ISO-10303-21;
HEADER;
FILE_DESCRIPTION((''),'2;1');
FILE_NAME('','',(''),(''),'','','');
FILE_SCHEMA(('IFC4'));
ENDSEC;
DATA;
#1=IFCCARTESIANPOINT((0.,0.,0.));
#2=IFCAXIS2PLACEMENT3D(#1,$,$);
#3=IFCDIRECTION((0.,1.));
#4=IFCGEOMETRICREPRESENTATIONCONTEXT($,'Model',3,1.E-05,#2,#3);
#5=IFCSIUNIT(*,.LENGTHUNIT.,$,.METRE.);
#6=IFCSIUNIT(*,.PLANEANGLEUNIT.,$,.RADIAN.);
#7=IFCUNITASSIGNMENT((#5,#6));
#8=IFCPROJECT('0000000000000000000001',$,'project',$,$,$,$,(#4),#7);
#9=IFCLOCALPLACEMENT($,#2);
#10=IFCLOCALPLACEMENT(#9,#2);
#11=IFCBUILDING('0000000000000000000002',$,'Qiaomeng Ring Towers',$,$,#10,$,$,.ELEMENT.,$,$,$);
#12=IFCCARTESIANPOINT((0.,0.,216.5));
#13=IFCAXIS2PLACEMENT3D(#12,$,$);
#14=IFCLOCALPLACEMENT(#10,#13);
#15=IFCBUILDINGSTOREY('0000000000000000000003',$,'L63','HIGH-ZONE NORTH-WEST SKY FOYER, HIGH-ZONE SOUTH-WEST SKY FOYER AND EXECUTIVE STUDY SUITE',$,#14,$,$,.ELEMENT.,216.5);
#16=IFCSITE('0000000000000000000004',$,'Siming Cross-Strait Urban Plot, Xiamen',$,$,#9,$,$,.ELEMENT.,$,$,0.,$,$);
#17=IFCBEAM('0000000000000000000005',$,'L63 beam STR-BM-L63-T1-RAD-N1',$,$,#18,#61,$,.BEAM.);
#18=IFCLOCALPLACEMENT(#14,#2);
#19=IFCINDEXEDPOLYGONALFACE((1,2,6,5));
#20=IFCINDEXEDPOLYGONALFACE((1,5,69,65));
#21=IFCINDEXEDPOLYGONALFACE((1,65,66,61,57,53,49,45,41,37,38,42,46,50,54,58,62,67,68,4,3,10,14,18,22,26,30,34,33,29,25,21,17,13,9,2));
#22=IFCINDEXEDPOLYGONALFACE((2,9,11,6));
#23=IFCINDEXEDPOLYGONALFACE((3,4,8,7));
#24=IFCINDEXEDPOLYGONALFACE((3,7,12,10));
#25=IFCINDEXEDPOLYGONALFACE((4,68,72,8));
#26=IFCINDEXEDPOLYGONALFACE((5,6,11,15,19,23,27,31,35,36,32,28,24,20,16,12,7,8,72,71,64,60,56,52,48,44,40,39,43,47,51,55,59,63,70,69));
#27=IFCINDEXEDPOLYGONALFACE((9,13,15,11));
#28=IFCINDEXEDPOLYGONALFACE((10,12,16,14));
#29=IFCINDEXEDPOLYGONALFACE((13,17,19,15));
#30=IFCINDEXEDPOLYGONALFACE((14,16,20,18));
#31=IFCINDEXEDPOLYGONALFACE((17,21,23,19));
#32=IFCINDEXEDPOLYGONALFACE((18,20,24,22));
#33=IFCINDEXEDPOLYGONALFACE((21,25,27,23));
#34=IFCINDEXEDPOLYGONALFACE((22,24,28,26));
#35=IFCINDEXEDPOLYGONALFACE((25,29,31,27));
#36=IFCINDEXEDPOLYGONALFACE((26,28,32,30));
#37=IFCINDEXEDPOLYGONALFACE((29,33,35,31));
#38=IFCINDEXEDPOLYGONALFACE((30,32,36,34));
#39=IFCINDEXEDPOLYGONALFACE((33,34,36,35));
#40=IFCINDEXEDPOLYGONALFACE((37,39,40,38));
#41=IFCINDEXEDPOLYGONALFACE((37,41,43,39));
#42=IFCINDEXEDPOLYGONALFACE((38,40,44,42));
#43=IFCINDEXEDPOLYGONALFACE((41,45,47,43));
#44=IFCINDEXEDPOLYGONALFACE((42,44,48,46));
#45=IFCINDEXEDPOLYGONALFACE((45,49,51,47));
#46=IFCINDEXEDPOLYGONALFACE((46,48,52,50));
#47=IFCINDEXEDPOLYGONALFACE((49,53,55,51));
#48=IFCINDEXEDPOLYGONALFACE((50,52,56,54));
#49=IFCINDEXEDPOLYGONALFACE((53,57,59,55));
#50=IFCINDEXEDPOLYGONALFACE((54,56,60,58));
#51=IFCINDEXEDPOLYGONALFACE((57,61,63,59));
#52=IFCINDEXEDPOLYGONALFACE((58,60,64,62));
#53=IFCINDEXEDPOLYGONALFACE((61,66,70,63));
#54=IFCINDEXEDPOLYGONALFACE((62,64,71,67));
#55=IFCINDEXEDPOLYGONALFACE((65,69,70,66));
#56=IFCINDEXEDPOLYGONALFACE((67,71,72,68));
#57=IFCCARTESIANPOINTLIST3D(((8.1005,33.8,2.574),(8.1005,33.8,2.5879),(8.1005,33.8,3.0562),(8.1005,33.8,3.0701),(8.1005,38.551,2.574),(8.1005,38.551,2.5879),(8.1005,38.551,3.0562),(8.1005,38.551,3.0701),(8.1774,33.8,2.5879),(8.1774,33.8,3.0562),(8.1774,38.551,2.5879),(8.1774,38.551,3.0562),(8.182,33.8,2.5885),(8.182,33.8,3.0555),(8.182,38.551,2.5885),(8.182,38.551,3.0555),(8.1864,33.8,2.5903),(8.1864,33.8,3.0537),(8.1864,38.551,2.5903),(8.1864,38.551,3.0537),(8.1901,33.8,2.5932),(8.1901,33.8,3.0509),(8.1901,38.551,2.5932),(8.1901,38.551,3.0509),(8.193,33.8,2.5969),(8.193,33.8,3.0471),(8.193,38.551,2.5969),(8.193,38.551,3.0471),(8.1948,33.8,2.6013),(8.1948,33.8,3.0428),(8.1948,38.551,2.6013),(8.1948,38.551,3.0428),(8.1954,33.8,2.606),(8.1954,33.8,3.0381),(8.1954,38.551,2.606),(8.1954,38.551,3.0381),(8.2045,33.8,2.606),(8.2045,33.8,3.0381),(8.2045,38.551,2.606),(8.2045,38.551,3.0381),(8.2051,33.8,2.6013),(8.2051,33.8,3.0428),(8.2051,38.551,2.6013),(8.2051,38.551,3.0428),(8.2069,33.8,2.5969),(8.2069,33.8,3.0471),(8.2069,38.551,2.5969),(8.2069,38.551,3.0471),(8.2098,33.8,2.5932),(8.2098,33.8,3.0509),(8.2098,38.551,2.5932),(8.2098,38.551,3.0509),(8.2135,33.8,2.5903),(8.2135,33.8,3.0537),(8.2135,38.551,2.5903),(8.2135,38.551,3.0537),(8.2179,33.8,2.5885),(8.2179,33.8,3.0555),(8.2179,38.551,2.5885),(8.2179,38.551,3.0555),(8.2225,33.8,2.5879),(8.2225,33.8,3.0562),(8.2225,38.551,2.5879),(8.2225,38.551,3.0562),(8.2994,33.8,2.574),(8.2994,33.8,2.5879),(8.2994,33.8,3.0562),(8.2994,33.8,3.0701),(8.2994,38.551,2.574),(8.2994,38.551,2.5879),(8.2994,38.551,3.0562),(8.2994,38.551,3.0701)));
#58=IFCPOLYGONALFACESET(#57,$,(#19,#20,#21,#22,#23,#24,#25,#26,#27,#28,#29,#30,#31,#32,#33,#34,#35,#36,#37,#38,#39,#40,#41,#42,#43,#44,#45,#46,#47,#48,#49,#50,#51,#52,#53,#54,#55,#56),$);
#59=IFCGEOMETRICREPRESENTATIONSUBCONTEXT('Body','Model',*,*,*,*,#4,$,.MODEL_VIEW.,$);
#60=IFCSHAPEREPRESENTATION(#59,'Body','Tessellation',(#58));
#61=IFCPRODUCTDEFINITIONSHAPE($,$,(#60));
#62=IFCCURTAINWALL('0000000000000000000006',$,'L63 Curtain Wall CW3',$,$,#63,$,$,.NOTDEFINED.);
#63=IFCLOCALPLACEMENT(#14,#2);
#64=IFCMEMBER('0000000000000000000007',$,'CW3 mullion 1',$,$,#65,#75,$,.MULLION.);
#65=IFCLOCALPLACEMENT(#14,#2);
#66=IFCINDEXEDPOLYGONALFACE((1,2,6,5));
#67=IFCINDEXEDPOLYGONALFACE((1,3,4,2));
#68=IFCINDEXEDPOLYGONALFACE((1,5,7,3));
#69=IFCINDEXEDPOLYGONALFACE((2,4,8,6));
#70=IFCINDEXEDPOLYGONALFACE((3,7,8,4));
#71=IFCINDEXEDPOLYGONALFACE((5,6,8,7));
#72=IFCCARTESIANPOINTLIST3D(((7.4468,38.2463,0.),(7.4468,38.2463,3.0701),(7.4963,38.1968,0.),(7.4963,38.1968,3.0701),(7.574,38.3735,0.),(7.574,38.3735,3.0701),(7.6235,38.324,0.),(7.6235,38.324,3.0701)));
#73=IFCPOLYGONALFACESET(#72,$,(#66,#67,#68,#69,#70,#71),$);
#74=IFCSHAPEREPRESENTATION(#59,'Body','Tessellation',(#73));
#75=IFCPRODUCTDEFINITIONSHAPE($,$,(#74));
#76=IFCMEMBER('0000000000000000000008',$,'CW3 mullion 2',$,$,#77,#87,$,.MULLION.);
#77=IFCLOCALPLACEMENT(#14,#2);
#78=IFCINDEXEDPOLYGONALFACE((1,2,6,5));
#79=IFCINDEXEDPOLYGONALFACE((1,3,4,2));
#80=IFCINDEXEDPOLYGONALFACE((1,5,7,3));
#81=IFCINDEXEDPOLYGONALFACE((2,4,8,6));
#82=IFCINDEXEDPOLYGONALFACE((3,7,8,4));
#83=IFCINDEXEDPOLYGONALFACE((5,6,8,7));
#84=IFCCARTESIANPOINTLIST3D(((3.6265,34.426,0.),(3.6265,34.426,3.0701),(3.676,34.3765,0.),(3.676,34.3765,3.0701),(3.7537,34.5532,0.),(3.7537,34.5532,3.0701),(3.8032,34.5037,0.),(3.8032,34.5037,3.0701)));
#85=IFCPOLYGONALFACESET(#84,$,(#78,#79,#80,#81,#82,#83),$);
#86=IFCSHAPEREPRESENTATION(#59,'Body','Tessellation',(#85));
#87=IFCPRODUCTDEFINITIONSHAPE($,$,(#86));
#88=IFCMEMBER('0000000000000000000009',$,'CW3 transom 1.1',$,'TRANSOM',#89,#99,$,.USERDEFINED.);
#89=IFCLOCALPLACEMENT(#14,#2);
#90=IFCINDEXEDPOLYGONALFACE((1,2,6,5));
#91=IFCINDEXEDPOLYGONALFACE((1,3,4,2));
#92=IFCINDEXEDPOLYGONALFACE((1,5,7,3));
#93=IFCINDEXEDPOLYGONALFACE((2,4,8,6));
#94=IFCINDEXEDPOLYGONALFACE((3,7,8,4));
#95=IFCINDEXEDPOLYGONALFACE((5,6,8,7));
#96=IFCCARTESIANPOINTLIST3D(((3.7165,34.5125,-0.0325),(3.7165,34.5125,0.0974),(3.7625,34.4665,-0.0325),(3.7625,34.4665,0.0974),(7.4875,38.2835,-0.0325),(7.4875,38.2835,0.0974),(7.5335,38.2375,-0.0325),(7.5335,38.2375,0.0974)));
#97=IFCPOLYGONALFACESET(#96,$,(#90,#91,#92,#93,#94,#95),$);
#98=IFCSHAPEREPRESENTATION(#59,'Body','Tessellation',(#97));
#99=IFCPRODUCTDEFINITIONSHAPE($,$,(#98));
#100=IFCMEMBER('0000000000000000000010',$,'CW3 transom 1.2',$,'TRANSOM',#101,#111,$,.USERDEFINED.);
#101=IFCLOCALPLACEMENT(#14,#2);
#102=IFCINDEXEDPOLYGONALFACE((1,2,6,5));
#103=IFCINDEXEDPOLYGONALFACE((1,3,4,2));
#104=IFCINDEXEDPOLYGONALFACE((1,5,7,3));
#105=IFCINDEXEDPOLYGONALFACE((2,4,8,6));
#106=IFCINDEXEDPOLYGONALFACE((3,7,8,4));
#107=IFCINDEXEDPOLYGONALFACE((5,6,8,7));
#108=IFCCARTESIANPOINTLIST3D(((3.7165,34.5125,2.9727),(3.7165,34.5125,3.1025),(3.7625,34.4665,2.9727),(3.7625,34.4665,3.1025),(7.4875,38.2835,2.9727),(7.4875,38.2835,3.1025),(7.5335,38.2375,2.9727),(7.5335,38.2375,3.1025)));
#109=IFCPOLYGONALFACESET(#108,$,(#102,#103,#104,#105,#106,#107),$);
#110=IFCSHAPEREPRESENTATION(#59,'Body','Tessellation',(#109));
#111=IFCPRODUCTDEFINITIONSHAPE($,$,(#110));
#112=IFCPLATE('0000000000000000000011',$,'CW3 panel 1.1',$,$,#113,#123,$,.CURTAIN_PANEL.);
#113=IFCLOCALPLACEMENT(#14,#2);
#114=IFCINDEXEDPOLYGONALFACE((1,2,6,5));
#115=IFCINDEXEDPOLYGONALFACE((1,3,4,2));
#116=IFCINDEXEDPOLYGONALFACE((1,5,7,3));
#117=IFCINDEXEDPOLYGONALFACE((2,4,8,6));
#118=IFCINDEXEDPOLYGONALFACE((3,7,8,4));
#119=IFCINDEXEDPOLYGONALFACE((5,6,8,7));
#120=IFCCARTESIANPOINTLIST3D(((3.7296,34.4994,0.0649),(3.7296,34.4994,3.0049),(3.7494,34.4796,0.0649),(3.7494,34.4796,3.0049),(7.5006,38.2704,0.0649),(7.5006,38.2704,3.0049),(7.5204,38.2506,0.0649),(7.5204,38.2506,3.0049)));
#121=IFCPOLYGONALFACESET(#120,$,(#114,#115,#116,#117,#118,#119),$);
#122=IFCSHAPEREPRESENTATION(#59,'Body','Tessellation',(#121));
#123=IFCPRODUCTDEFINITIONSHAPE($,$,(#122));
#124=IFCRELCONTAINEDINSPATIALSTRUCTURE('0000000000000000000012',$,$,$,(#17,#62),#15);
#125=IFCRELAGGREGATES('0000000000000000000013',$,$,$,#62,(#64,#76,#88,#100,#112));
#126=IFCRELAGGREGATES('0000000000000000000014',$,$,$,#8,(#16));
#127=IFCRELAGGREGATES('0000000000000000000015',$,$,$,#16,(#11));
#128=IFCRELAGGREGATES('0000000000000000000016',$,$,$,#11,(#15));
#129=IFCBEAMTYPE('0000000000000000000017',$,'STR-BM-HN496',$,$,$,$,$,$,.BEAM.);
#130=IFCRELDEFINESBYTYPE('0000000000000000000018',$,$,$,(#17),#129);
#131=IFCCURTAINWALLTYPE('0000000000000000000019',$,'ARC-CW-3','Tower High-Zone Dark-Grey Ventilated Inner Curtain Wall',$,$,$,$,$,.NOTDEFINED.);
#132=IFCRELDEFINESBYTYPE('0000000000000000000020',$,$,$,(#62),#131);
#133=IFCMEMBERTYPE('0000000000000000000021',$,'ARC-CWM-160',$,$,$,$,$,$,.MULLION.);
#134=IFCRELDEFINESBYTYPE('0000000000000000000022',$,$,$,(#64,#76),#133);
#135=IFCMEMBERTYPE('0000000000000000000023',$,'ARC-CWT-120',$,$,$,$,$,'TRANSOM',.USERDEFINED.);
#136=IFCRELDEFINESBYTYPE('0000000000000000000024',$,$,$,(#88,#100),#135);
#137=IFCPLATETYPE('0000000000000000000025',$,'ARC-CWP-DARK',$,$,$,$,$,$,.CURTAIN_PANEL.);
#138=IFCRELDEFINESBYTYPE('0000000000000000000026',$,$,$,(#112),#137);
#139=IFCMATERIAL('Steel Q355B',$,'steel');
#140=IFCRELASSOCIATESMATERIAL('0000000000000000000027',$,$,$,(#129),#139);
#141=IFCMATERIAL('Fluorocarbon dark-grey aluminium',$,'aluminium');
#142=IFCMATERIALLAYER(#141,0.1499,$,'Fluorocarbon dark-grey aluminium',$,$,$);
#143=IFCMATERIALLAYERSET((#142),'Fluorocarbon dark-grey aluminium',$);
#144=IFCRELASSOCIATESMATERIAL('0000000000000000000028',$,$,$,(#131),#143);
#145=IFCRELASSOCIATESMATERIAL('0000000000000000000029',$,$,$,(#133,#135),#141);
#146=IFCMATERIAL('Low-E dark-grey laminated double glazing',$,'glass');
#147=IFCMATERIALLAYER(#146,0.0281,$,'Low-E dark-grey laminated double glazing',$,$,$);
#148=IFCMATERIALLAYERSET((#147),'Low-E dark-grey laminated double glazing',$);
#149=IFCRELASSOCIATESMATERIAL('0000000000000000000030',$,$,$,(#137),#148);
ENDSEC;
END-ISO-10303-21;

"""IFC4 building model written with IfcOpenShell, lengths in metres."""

from ifc_helpers import new_model, si_unit, direction, frame, origin, origin_2d, place, context, subcontext, project, spatial, rectangle, i_section, extrude, source, transform, mapped, material, layer, layer_set, material_profile, profile_set, type_object, element, aggregate, save


model = new_model("IFC4")

# Units and contexts
model_context = context("Model", 3, precision=1e-05, world=origin(), true_north=direction((0.0, 1.0)))
body_context = subcontext(model_context, "Body", "Model", "MODEL_VIEW")
ifc_project = project(units=[si_unit("LENGTHUNIT", "METRE"), si_unit("PLANEANGLEUNIT", "RADIAN")], contexts=[model_context])

# Site, building, storey
site_placement = place(None, origin())
site = spatial("IfcSite", under=ifc_project, at=site_placement, Name="Siming Cross-Strait Urban Plot, Xiamen", CompositionType="ELEMENT", RefElevation=0.0)
building_placement = place(site_placement, origin())
building = spatial("IfcBuilding", under=site, at=building_placement, Name="Qiaomeng Ring Towers", CompositionType="ELEMENT")
storey_placement = place(building_placement, frame((0.0, 0.0, 216.5)))
storey = spatial("IfcBuildingStorey", under=building, at=storey_placement, Name="L63", Description="HIGH-ZONE NORTH-WEST SKY FOYER, HIGH-ZONE SOUTH-WEST SKY FOYER AND EXECUTIVE STUDY SUITE", CompositionType="ELEMENT", Elevation=216.5)

# Beam
ifc_material_1 = material(Name="Steel Q355B", Category="steel")
ifc_material_profile_1 = material_profile(ifc_material_1, i_section(OverallWidth=0.199, OverallDepth=0.4961, WebThickness=0.009, FlangeThickness=0.0139, FilletRadius=0.0181, at=origin_2d()), Name="HN 496x199x9x14")
ifc_profile_set_1 = profile_set([ifc_material_profile_1], Name="Steel Q355B")
beam_type_1 = type_object("IfcBeamType", Name="STR-BM-HN496", PredefinedType="BEAM", material=ifc_profile_set_1)
shared_shape_1 = source(origin(), body_context, "Body", "SweptSolid", [
    extrude(i_section(OverallWidth=0.199, OverallDepth=0.4961, WebThickness=0.009, FlangeThickness=0.0139, FilletRadius=0.0181, at=origin_2d()), origin(), (0.0, 0.0, 1.0), 4.751),
])
beam_1_placement = place(storey_placement, frame((8.2, 38.551, 2.822), z_axis=(0.0, -1.0, 0.0), x_axis=(1.0, 0.0, 0.0)))
element("IfcBeam", 1, at=beam_1_placement, inside=storey, type_object=beam_type_1, Name="L63 beam STR-BM-L63-T1-RAD-N1", PredefinedType="BEAM", context=body_context, shape_type="MappedRepresentation", body=[
    mapped(shared_shape_1, transform((0.0, 0.0, 0.0), x_axis=(1.0, 0.0, 0.0), y_axis=(0.0, 1.0, 0.0), z_axis=(0.0, 0.0, 1.0), scale=1.0)),
])

# Curtain wall, members, plate
ifc_material_2 = material(Name="Fluorocarbon dark-grey aluminium", Category="aluminium")
ifc_layer_1 = layer(ifc_material_2, 0.1499, Name="Fluorocarbon dark-grey aluminium")
ifc_layer_set_1 = layer_set([ifc_layer_1], Name="Fluorocarbon dark-grey aluminium")
curtain_wall_type = type_object("IfcCurtainWallType", Name="ARC-CW-3", Description="Tower High-Zone Dark-Grey Ventilated Inner Curtain Wall", PredefinedType="NOTDEFINED", material=ifc_layer_set_1)
curtain_wall_placement = place(storey_placement, origin())
curtain_wall = element("IfcCurtainWall", 2, at=curtain_wall_placement, inside=storey, type_object=curtain_wall_type, Name="L63 Curtain Wall CW3", PredefinedType="NOTDEFINED")
ifc_material_profile_2 = material_profile(ifc_material_2, rectangle(XDim=0.0701, YDim=0.1799, at=origin_2d()), Name="ALU MULL 70x180")
ifc_profile_set_2 = profile_set([ifc_material_profile_2], Name="Fluorocarbon dark-grey aluminium")
member_type_1 = type_object("IfcMemberType", Name="ARC-CWM-160", PredefinedType="MULLION", material=ifc_profile_set_2)
shared_shape_2 = source(origin(), body_context, "Body", "SweptSolid", [
    extrude(rectangle(XDim=0.0701, YDim=0.1799, at=origin_2d()), origin(), (0.0, 0.0, 1.0), 3.0701),
])
member_1_placement = place(storey_placement, frame((7.5352, 38.2852, 0.0), z_axis=(0.0, 0.0, 1.0), x_axis=(0.707107, -0.707107, 0.0)))
member_1 = element("IfcMember", 3, at=member_1_placement, type_object=member_type_1, Name="CW3 mullion 1", PredefinedType="MULLION", context=body_context, shape_type="MappedRepresentation", body=[
    mapped(shared_shape_2, transform((0.0, 0.0, 0.0), x_axis=(1.0, 0.0, 0.0), y_axis=(0.0, 1.0, 0.0), z_axis=(0.0, 0.0, 1.0), scale=1.0)),
])
member_2_placement = place(storey_placement, frame((3.7148, 34.4648, 0.0), z_axis=(0.0, 0.0, 1.0), x_axis=(0.707107, -0.707107, 0.0)))
member_2 = element("IfcMember", 4, at=member_2_placement, type_object=member_type_1, Name="CW3 mullion 2", PredefinedType="MULLION", context=body_context, shape_type="MappedRepresentation", body=[
    mapped(shared_shape_2, transform((0.0, 0.0, 0.0), x_axis=(1.0, 0.0, 0.0), y_axis=(0.0, 1.0, 0.0), z_axis=(0.0, 0.0, 1.0), scale=1.0)),
])
ifc_material_profile_3 = material_profile(ifc_material_2, rectangle(XDim=0.0649, YDim=0.1299, at=origin_2d()), Name="ALU TRAN 65x130")
ifc_profile_set_3 = profile_set([ifc_material_profile_3], Name="Fluorocarbon dark-grey aluminium")
member_type_2 = type_object("IfcMemberType", Name="ARC-CWT-120", ElementType="TRANSOM", PredefinedType="USERDEFINED", material=ifc_profile_set_3)
shared_shape_3 = source(origin(), body_context, "Body", "SweptSolid", [
    extrude(rectangle(XDim=0.0649, YDim=0.1299, at=origin_2d()), origin(), (0.0, 0.0, 1.0), 5.333),
])
member_3_placement = place(storey_placement, frame((7.5105, 38.2605, 0.0325), z_axis=(-0.707107, -0.707107, 0.0), x_axis=(0.707107, -0.707107, 0.0)))
member_3 = element("IfcMember", 5, at=member_3_placement, type_object=member_type_2, Name="CW3 transom 1.1", ObjectType="TRANSOM", PredefinedType="USERDEFINED", context=body_context, shape_type="MappedRepresentation", body=[
    mapped(shared_shape_3, transform((0.0, 0.0, 0.0), x_axis=(1.0, 0.0, 0.0), y_axis=(0.0, 1.0, 0.0), z_axis=(0.0, 0.0, 1.0), scale=1.0)),
])
member_4_placement = place(storey_placement, frame((7.5105, 38.2605, 3.0376), z_axis=(-0.707107, -0.707107, 0.0), x_axis=(0.707107, -0.707107, 0.0)))
member_4 = element("IfcMember", 6, at=member_4_placement, type_object=member_type_2, Name="CW3 transom 1.2", ObjectType="TRANSOM", PredefinedType="USERDEFINED", context=body_context, shape_type="MappedRepresentation", body=[
    mapped(shared_shape_3, transform((0.0, 0.0, 0.0), x_axis=(1.0, 0.0, 0.0), y_axis=(0.0, 1.0, 0.0), z_axis=(0.0, 0.0, 1.0), scale=1.0)),
])
ifc_material_3 = material(Name="Low-E dark-grey laminated double glazing", Category="glass")
ifc_layer_2 = layer(ifc_material_3, 0.0281, Name="Low-E dark-grey laminated double glazing")
ifc_layer_set_2 = layer_set([ifc_layer_2], Name="Low-E dark-grey laminated double glazing")
plate_type = type_object("IfcPlateType", Name="ARC-CWP-DARK", PredefinedType="CURTAIN_PANEL", material=ifc_layer_set_2)
shared_shape_4 = source(origin(), body_context, "Body", "SweptSolid", [
    extrude(rectangle(XDim=5.333, YDim=0.0281, at=origin_2d()), origin(), (0.0, 0.0, 1.0), 2.9399),
])
plate_placement = place(storey_placement, frame((5.625, 36.375, 0.0649), z_axis=(0.0, 0.0, 1.0), x_axis=(-0.707107, -0.707107, 0.0)))
plate = element("IfcPlate", 7, at=plate_placement, type_object=plate_type, Name="CW3 panel 1.1", PredefinedType="CURTAIN_PANEL", context=body_context, shape_type="MappedRepresentation", body=[
    mapped(shared_shape_4, transform((0.0, 0.0, 0.0), x_axis=(1.0, 0.0, 0.0), y_axis=(0.0, 1.0, 0.0), z_axis=(0.0, 0.0, 1.0), scale=1.0)),
])
aggregate(curtain_wall, [member_1, member_2, member_3, member_4, plate])

save(model, "model.ifc")
